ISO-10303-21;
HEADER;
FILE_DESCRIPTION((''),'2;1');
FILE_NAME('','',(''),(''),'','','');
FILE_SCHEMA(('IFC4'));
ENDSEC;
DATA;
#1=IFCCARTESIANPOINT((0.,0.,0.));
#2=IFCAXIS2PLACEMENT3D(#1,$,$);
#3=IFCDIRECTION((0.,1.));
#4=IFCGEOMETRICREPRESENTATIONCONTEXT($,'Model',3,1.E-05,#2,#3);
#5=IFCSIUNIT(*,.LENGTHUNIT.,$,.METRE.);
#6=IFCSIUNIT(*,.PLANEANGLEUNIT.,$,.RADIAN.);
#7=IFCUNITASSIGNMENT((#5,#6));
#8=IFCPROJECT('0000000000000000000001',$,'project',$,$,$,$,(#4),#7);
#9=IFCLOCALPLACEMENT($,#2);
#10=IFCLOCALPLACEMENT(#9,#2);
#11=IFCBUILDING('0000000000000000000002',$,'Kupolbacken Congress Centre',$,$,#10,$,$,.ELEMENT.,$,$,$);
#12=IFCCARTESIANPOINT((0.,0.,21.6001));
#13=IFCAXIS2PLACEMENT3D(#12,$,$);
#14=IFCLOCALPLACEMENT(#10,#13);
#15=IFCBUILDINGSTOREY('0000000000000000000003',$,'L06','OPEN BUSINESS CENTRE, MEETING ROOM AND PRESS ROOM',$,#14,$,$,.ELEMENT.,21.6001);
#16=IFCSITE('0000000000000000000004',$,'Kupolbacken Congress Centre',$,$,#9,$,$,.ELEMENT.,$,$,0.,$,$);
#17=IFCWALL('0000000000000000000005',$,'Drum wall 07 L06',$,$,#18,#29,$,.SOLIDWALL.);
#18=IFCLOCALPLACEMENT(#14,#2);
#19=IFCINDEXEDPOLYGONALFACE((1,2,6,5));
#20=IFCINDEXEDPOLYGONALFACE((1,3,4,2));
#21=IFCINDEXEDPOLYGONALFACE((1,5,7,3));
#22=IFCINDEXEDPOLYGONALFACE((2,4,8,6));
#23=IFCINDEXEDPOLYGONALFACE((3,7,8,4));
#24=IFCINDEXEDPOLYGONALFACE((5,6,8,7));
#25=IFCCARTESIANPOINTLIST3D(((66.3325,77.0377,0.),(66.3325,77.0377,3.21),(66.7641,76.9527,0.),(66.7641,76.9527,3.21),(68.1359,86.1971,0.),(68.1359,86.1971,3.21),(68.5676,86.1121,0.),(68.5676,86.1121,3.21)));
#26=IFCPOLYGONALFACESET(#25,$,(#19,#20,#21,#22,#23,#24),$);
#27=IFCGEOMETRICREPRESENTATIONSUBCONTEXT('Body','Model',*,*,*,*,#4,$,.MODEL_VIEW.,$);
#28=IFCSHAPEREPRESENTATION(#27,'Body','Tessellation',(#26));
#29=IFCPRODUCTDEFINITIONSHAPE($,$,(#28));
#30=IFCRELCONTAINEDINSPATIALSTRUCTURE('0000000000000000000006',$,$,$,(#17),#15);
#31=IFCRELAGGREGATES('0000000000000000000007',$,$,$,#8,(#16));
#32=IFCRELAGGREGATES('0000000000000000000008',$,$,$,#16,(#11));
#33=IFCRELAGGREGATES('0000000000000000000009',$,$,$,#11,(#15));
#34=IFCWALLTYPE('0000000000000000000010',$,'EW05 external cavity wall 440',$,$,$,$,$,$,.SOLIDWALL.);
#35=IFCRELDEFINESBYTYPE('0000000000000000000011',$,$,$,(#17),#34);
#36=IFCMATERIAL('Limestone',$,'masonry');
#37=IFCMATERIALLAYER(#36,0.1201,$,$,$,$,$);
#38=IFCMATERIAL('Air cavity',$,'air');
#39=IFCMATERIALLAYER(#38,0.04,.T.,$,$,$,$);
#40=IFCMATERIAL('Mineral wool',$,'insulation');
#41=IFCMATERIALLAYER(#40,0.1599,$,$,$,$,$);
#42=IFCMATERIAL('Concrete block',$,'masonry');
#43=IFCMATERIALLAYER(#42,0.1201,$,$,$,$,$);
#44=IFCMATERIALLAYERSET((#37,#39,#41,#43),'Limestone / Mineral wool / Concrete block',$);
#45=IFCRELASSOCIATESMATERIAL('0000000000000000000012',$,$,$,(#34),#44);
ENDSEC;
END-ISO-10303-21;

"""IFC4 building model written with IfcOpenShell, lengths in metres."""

from ifc_helpers import new_model, si_unit, direction, frame, frame_2d, origin, place, context, subcontext, project, spatial, rectangle, extrude, material, layer, layer_set, type_object, element, save


model = new_model("IFC4")

# Units and contexts
model_context = context("Model", 3, precision=1e-05, world=origin(), true_north=direction((0.0, 1.0)))
body_context = subcontext(model_context, "Body", "Model", "MODEL_VIEW")
ifc_project = project(units=[si_unit("LENGTHUNIT", "METRE"), si_unit("PLANEANGLEUNIT", "RADIAN")], contexts=[model_context])

# Site, building, storey
site_placement = place(None, origin())
site = spatial("IfcSite", under=ifc_project, at=site_placement, Name="Kupolbacken Congress Centre", CompositionType="ELEMENT", RefElevation=0.0)
building_placement = place(site_placement, origin())
building = spatial("IfcBuilding", under=site, at=building_placement, Name="Kupolbacken Congress Centre", CompositionType="ELEMENT")
storey_placement = place(building_placement, frame((0.0, 0.0, 21.6001)))
storey = spatial("IfcBuildingStorey", under=building, at=storey_placement, Name="L06", Description="OPEN BUSINESS CENTRE, MEETING ROOM AND PRESS ROOM", CompositionType="ELEMENT", Elevation=21.6001)

# Wall
ifc_material_1 = material(Name="Limestone", Category="masonry")
ifc_layer_1 = layer(ifc_material_1, 0.1201)
ifc_material_2 = material(Name="Air cavity", Category="air")
ifc_layer_2 = layer(ifc_material_2, 0.04, ventilated=True)
ifc_material_3 = material(Name="Mineral wool", Category="insulation")
ifc_layer_3 = layer(ifc_material_3, 0.1599)
ifc_material_4 = material(Name="Concrete block", Category="masonry")
ifc_layer_4 = layer(ifc_material_4, 0.1201)
ifc_layer_set_1 = layer_set([ifc_layer_1, ifc_layer_2, ifc_layer_3, ifc_layer_4], Name="Limestone / Mineral wool / Concrete block")
wall_type = type_object("IfcWallType", Name="EW05 external cavity wall 440", PredefinedType="SOLIDWALL", material=ifc_layer_set_1)
wall_1_placement = place(storey_placement, frame((66.5483, 76.9954, 0.0), z_axis=(0.0, 0.0, 1.0), x_axis=(0.193188, 0.981162, 0.0)))
element("IfcWall", 1, at=wall_1_placement, inside=storey, type_object=wall_type, Name="Drum wall 07 L06", PredefinedType="SOLIDWALL", context=body_context, shape_type="SweptSolid", body=[
    extrude(rectangle(XDim=9.3352, YDim=0.4399, at=frame_2d((4.6675, 0.0))), origin(), (0.0, 0.0, 1.0), 3.21),
])

save(model, "model.ifc")
